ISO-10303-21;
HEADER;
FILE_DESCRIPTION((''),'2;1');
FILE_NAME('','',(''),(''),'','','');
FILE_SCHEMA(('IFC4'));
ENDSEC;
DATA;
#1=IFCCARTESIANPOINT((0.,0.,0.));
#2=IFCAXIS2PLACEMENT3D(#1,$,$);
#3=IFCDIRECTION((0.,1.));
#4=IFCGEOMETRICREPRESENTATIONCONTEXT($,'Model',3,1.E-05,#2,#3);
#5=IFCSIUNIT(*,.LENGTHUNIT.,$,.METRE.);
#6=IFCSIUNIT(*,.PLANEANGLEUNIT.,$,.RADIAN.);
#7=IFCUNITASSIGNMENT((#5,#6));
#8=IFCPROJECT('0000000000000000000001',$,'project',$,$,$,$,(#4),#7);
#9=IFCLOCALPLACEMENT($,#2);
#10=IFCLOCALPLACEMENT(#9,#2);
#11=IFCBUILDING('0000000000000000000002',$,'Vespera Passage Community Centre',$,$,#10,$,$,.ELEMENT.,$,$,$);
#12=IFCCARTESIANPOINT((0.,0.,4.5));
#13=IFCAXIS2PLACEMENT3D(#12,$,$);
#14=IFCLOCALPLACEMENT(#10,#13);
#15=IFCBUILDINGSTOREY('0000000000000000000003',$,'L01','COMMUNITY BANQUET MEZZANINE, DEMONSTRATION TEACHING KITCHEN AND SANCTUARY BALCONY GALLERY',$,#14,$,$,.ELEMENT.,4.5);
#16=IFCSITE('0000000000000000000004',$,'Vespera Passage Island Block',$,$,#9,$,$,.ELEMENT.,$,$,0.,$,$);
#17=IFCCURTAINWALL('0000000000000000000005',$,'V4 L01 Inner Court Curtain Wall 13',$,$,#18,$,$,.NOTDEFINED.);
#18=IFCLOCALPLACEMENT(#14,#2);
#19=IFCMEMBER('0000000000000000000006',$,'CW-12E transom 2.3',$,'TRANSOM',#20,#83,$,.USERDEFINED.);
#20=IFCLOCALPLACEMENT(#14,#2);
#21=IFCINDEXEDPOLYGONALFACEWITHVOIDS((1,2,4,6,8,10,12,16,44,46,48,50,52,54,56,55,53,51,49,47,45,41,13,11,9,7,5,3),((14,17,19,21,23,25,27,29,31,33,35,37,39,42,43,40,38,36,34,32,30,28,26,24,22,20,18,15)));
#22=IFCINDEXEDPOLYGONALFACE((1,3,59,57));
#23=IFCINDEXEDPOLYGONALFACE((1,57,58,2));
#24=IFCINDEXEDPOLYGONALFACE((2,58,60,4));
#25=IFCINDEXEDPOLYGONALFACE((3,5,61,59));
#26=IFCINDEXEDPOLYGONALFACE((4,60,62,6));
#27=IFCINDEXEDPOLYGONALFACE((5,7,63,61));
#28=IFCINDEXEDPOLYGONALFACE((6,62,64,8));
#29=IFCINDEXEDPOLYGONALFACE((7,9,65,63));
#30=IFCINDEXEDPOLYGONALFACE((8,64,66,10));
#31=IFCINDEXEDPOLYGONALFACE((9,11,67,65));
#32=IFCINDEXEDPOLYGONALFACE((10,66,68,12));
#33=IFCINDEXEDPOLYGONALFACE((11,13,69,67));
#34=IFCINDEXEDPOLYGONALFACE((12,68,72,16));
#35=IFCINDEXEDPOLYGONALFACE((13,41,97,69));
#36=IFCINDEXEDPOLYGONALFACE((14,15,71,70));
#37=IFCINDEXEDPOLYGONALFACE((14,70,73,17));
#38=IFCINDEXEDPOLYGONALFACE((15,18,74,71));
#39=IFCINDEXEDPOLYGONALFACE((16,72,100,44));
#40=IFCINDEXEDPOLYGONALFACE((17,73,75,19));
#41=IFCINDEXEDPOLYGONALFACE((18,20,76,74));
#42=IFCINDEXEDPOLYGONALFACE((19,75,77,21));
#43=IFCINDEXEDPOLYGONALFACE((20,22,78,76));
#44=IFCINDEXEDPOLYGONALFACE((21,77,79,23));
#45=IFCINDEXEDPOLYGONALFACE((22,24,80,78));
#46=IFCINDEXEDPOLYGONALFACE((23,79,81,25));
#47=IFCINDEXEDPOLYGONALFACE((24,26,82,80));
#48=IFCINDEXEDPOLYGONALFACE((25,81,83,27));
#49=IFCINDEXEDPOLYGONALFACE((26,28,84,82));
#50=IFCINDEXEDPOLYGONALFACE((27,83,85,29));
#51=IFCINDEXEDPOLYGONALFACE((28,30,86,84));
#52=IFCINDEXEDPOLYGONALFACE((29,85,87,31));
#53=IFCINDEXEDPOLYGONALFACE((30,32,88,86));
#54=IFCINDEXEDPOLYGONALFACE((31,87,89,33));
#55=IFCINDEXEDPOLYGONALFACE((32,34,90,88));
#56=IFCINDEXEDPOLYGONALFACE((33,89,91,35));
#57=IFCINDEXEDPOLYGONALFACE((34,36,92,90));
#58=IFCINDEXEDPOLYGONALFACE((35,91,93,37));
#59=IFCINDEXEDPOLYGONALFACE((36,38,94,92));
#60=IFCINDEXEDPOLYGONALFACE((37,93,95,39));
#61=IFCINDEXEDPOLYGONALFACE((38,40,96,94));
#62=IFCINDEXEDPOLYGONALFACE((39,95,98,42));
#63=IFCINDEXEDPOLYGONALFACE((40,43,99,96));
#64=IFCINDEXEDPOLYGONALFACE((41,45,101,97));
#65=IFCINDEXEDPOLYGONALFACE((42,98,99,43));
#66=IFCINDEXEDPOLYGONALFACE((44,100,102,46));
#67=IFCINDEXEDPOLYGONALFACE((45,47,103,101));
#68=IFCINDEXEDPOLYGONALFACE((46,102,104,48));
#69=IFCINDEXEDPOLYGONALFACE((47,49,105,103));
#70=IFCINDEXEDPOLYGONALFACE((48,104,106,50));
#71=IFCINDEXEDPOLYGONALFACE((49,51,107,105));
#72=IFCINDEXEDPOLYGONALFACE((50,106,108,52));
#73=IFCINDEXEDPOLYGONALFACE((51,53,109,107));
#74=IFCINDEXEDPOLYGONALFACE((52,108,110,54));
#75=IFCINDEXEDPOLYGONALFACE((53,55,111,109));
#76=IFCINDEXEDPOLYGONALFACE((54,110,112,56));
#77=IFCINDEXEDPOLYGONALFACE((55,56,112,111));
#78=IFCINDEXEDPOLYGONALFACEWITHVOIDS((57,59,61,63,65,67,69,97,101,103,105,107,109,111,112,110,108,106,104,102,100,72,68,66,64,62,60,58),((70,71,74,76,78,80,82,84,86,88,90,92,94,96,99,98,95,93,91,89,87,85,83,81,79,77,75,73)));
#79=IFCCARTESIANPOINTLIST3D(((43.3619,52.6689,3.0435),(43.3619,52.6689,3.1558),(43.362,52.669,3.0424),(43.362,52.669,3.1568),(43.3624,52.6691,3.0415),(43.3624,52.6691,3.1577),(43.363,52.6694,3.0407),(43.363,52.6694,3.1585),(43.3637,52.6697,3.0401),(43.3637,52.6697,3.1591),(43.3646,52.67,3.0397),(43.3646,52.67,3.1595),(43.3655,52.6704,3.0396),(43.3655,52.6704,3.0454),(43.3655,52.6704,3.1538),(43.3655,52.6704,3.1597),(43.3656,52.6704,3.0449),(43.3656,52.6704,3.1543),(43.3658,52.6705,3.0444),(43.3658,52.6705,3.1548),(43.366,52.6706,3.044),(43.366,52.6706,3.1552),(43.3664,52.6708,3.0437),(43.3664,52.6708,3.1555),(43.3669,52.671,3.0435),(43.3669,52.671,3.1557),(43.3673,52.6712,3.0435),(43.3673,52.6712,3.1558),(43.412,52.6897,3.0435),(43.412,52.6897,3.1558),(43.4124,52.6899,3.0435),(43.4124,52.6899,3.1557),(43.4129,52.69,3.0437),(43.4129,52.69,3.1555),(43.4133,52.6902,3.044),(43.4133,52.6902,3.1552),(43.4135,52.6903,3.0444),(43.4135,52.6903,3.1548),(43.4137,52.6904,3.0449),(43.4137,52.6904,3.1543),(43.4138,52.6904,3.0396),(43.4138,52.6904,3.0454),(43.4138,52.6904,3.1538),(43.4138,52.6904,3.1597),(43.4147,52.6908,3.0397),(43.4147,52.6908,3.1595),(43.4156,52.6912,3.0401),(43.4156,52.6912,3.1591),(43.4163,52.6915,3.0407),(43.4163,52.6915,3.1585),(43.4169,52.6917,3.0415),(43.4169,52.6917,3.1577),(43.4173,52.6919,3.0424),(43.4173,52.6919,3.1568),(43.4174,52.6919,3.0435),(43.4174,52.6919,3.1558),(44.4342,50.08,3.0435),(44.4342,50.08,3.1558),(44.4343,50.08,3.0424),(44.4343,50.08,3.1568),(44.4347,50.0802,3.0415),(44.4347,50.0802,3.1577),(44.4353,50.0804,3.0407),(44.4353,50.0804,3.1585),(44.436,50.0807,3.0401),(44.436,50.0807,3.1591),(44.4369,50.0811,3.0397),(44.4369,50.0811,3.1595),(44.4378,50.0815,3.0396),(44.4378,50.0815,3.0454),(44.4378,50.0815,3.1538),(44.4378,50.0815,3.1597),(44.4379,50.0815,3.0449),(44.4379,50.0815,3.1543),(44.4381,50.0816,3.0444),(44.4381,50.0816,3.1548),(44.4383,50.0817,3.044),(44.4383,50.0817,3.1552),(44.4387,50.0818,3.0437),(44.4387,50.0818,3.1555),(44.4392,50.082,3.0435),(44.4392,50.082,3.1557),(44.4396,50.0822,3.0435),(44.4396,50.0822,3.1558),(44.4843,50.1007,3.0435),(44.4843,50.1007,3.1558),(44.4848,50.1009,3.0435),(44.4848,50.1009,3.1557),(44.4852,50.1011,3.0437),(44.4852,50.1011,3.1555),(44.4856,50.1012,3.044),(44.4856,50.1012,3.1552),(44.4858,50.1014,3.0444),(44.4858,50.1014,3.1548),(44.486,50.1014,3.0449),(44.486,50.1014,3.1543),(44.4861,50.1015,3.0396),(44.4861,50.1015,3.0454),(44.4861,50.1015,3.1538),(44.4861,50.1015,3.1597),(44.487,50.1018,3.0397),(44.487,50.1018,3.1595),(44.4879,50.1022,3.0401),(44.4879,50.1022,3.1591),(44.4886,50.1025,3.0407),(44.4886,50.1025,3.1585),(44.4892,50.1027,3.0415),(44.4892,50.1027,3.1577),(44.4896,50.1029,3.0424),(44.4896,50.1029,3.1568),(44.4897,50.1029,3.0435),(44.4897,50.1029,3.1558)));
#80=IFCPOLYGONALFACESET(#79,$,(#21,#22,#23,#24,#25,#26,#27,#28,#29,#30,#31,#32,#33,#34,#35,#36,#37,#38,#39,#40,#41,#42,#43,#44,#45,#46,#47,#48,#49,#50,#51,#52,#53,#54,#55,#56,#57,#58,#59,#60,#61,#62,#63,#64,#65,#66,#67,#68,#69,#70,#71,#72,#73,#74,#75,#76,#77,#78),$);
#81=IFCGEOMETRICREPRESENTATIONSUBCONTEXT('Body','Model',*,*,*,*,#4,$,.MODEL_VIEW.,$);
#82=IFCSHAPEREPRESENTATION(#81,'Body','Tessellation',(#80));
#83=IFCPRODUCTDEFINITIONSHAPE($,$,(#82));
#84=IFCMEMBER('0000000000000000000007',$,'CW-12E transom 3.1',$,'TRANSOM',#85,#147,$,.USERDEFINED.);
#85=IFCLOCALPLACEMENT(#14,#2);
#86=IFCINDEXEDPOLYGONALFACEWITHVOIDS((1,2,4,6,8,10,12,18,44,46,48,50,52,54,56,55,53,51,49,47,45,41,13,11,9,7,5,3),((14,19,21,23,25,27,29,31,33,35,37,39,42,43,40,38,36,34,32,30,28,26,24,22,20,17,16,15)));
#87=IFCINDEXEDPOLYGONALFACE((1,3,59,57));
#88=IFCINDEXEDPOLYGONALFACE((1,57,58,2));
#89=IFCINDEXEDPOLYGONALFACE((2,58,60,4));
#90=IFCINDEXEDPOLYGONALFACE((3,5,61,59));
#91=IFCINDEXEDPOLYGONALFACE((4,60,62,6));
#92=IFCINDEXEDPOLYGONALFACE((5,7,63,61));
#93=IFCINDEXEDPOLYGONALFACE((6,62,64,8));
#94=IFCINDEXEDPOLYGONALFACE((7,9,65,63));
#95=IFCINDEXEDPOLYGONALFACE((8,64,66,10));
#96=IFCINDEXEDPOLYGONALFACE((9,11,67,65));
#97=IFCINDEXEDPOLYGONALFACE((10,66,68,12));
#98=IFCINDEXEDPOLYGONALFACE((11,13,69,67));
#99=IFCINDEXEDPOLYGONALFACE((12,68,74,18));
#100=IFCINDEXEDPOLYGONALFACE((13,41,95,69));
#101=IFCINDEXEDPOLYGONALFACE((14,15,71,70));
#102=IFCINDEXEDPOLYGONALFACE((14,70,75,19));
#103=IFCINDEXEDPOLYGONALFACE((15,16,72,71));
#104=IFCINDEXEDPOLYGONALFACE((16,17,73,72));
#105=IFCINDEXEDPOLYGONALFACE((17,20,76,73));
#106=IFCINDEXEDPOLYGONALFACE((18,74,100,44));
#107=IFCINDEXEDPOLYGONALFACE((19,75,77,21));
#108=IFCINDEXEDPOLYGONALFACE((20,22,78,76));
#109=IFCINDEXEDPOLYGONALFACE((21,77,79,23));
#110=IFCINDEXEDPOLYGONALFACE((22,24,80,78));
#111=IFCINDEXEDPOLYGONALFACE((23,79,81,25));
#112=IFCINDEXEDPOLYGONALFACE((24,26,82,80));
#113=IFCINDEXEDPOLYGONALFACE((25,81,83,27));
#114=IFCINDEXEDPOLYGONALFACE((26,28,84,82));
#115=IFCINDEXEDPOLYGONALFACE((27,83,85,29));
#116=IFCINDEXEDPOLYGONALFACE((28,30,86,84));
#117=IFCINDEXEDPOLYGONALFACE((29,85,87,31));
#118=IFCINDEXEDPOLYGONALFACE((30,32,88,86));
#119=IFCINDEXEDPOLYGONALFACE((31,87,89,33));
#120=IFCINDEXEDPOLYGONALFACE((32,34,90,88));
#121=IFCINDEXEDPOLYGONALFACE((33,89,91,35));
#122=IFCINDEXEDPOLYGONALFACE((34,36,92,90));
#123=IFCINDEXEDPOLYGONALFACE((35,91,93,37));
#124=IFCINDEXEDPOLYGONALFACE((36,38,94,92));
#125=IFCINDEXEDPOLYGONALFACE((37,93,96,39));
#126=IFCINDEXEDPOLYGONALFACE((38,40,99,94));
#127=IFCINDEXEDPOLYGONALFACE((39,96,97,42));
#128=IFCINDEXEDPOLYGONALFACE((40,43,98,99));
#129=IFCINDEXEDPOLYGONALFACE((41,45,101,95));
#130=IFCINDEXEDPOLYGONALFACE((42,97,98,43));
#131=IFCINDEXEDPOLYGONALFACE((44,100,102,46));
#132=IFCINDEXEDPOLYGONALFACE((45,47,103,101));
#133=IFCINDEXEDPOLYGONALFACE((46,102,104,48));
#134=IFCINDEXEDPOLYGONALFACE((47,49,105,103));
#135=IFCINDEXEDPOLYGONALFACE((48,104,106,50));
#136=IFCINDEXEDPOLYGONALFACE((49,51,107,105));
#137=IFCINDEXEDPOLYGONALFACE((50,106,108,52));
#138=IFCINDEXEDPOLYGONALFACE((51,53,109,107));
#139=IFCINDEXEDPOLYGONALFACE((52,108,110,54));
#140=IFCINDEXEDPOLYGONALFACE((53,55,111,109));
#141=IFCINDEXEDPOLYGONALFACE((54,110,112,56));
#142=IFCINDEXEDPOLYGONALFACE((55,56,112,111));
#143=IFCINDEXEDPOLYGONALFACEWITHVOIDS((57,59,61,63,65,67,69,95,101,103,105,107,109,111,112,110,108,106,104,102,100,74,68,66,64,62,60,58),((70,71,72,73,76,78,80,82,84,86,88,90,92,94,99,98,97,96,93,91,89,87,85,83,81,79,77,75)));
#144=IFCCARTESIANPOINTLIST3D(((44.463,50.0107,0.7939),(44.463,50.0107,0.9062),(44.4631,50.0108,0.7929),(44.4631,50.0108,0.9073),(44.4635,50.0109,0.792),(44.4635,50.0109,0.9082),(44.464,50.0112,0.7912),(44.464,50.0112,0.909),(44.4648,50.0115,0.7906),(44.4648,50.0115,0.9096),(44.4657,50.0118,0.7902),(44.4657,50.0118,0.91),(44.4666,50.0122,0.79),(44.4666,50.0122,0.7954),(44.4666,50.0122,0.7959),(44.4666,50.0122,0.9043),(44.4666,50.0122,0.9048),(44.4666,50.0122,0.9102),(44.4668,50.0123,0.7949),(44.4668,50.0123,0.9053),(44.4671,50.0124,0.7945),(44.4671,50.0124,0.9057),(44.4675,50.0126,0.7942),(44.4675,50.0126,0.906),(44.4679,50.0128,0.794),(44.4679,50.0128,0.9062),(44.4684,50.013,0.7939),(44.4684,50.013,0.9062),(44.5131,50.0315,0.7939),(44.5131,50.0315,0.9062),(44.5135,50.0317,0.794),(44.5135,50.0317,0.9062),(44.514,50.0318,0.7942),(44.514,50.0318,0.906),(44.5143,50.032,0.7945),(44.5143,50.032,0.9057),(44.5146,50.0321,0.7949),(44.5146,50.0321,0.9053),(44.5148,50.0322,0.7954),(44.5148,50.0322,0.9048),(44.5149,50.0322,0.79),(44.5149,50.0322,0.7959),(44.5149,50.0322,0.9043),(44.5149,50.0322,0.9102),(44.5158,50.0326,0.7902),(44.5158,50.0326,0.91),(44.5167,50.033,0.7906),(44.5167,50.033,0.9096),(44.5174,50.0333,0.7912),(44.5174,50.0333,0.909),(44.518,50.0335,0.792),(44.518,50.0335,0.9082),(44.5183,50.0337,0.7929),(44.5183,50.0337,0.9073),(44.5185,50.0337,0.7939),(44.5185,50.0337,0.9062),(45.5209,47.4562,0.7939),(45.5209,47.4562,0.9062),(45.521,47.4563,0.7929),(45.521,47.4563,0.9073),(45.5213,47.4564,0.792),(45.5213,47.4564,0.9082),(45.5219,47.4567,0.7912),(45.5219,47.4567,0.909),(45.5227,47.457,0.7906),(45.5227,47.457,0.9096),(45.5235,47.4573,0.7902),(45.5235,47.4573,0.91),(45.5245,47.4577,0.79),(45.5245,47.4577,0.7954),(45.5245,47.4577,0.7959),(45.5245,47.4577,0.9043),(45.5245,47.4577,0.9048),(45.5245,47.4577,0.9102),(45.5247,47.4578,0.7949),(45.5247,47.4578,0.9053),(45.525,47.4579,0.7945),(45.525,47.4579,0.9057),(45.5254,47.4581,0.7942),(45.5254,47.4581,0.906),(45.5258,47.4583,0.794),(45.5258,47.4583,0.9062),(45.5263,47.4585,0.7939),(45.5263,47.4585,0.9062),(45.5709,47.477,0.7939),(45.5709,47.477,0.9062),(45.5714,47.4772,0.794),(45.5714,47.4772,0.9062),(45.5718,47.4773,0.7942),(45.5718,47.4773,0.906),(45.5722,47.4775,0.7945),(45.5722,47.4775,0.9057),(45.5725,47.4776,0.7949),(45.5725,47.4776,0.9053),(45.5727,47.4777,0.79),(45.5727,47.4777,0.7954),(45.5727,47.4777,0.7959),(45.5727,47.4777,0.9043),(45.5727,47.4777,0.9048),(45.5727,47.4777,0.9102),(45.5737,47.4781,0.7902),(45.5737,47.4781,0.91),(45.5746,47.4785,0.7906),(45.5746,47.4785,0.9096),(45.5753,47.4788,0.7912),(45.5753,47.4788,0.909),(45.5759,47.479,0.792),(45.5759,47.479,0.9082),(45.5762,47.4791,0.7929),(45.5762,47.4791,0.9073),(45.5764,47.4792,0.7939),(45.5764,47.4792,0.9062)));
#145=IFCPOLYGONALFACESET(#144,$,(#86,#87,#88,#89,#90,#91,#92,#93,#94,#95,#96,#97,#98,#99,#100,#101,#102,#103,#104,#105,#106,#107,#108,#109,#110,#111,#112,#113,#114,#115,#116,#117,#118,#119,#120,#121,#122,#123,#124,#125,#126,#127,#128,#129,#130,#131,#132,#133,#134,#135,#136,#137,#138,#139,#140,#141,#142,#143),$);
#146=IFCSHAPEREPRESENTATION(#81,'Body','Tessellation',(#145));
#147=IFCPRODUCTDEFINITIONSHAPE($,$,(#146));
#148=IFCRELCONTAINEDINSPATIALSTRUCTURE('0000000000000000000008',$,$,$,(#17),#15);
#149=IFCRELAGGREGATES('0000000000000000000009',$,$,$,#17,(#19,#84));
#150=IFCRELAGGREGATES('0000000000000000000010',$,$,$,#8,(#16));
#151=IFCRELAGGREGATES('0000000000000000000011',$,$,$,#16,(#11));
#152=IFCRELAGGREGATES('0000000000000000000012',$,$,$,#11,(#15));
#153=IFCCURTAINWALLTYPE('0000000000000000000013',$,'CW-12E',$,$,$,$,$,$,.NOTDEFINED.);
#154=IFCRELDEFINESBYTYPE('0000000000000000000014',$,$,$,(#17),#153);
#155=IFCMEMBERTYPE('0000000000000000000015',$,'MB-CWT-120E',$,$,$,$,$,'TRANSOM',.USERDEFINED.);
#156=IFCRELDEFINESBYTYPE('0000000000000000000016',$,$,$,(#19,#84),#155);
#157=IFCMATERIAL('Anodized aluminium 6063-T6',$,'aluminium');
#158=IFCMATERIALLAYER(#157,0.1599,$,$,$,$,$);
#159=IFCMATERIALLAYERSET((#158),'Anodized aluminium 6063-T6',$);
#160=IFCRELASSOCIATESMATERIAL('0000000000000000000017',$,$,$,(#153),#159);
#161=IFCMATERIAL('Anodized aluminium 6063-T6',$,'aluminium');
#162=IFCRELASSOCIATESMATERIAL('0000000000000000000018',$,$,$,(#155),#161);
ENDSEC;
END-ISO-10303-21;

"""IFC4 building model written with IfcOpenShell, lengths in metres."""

from ifc_helpers import new_model, si_unit, direction, frame, origin, origin_2d, place, context, subcontext, project, spatial, hollow_rectangle, extrude, material, layer, layer_set, material_profile, profile_set, type_object, element, aggregate, save


model = new_model("IFC4")

# Units and contexts
model_context = context("Model", 3, precision=1e-05, world=origin(), true_north=direction((0.0, 1.0)))
body_context = subcontext(model_context, "Body", "Model", "MODEL_VIEW")
ifc_project = project(units=[si_unit("LENGTHUNIT", "METRE"), si_unit("PLANEANGLEUNIT", "RADIAN")], contexts=[model_context])

# Site, building, storey
site_placement = place(None, origin())
site = spatial("IfcSite", under=ifc_project, at=site_placement, Name="Vespera Passage Island Block", CompositionType="ELEMENT", RefElevation=0.0)
building_placement = place(site_placement, origin())
building = spatial("IfcBuilding", under=site, at=building_placement, Name="Vespera Passage Community Centre", CompositionType="ELEMENT")
storey_placement = place(building_placement, frame((0.0, 0.0, 4.5)))
storey = spatial("IfcBuildingStorey", under=building, at=storey_placement, Name="L01", Description="COMMUNITY BANQUET MEZZANINE, DEMONSTRATION TEACHING KITCHEN AND SANCTUARY BALCONY GALLERY", CompositionType="ELEMENT", Elevation=4.5)

# Curtain wall
ifc_material_1 = material(Name="Anodized aluminium 6063-T6", Category="aluminium")
ifc_layer_1 = layer(ifc_material_1, 0.1599)
ifc_layer_set_1 = layer_set([ifc_layer_1], Name="Anodized aluminium 6063-T6")
curtain_wall_type_1 = type_object("IfcCurtainWallType", Name="CW-12E", PredefinedType="NOTDEFINED", material=ifc_layer_set_1)
curtain_wall_1_placement = place(storey_placement, origin())
curtain_wall_1 = element("IfcCurtainWall", 1, at=curtain_wall_1_placement, inside=storey, type_object=curtain_wall_type_1, Name="V4 L01 Inner Court Curtain Wall 13", PredefinedType="NOTDEFINED")

# Members
ifc_material_2 = material(Name="Anodized aluminium 6063-T6", Category="aluminium")
ifc_material_profile_1 = material_profile(ifc_material_2, hollow_rectangle(XDim=0.0601, YDim=0.1201, WallThickness=0.0039, InnerFilletRadius=0.002, OuterFilletRadius=0.0039, at=origin_2d()), Name="ALU120X60X4")
ifc_profile_set_1 = profile_set([ifc_material_profile_1], Name="Anodized aluminium 6063-T6")
member_type_1 = type_object("IfcMemberType", Name="MB-CWT-120E", ElementType="TRANSOM", PredefinedType="USERDEFINED", material=ifc_profile_set_1)
member_1_placement = place(storey_placement, frame((43.3896, 52.6804, 3.0996), z_axis=(0.38266, -0.923889, 0.0), x_axis=(0.923889, 0.38266, 0.0)))
member_1 = element("IfcMember", 2, at=member_1_placement, type_object=member_type_1, Name="CW-12E transom 2.3", ObjectType="TRANSOM", PredefinedType="USERDEFINED", context=body_context, shape_type="SweptSolid", body=[
    extrude(hollow_rectangle(XDim=0.0601, YDim=0.1201, WallThickness=0.0039, InnerFilletRadius=0.002, OuterFilletRadius=0.0039, at=origin_2d()), origin(), (0.0, 0.0, 1.0), 2.8022),
])
member_2_placement = place(storey_placement, frame((44.4907, 50.0222, 0.8501), z_axis=(0.382614, -0.923908, 0.0), x_axis=(0.923908, 0.382614, 0.0)))
member_2 = element("IfcMember", 3, at=member_2_placement, type_object=member_type_1, Name="CW-12E transom 3.1", ObjectType="TRANSOM", PredefinedType="USERDEFINED", context=body_context, shape_type="SweptSolid", body=[
    extrude(hollow_rectangle(XDim=0.0601, YDim=0.1201, WallThickness=0.0039, InnerFilletRadius=0.002, OuterFilletRadius=0.0039, at=origin_2d()), origin(), (0.0, 0.0, 1.0), 2.7649),
])

aggregate(curtain_wall_1, [member_1, member_2])

save(model, "model.ifc")
